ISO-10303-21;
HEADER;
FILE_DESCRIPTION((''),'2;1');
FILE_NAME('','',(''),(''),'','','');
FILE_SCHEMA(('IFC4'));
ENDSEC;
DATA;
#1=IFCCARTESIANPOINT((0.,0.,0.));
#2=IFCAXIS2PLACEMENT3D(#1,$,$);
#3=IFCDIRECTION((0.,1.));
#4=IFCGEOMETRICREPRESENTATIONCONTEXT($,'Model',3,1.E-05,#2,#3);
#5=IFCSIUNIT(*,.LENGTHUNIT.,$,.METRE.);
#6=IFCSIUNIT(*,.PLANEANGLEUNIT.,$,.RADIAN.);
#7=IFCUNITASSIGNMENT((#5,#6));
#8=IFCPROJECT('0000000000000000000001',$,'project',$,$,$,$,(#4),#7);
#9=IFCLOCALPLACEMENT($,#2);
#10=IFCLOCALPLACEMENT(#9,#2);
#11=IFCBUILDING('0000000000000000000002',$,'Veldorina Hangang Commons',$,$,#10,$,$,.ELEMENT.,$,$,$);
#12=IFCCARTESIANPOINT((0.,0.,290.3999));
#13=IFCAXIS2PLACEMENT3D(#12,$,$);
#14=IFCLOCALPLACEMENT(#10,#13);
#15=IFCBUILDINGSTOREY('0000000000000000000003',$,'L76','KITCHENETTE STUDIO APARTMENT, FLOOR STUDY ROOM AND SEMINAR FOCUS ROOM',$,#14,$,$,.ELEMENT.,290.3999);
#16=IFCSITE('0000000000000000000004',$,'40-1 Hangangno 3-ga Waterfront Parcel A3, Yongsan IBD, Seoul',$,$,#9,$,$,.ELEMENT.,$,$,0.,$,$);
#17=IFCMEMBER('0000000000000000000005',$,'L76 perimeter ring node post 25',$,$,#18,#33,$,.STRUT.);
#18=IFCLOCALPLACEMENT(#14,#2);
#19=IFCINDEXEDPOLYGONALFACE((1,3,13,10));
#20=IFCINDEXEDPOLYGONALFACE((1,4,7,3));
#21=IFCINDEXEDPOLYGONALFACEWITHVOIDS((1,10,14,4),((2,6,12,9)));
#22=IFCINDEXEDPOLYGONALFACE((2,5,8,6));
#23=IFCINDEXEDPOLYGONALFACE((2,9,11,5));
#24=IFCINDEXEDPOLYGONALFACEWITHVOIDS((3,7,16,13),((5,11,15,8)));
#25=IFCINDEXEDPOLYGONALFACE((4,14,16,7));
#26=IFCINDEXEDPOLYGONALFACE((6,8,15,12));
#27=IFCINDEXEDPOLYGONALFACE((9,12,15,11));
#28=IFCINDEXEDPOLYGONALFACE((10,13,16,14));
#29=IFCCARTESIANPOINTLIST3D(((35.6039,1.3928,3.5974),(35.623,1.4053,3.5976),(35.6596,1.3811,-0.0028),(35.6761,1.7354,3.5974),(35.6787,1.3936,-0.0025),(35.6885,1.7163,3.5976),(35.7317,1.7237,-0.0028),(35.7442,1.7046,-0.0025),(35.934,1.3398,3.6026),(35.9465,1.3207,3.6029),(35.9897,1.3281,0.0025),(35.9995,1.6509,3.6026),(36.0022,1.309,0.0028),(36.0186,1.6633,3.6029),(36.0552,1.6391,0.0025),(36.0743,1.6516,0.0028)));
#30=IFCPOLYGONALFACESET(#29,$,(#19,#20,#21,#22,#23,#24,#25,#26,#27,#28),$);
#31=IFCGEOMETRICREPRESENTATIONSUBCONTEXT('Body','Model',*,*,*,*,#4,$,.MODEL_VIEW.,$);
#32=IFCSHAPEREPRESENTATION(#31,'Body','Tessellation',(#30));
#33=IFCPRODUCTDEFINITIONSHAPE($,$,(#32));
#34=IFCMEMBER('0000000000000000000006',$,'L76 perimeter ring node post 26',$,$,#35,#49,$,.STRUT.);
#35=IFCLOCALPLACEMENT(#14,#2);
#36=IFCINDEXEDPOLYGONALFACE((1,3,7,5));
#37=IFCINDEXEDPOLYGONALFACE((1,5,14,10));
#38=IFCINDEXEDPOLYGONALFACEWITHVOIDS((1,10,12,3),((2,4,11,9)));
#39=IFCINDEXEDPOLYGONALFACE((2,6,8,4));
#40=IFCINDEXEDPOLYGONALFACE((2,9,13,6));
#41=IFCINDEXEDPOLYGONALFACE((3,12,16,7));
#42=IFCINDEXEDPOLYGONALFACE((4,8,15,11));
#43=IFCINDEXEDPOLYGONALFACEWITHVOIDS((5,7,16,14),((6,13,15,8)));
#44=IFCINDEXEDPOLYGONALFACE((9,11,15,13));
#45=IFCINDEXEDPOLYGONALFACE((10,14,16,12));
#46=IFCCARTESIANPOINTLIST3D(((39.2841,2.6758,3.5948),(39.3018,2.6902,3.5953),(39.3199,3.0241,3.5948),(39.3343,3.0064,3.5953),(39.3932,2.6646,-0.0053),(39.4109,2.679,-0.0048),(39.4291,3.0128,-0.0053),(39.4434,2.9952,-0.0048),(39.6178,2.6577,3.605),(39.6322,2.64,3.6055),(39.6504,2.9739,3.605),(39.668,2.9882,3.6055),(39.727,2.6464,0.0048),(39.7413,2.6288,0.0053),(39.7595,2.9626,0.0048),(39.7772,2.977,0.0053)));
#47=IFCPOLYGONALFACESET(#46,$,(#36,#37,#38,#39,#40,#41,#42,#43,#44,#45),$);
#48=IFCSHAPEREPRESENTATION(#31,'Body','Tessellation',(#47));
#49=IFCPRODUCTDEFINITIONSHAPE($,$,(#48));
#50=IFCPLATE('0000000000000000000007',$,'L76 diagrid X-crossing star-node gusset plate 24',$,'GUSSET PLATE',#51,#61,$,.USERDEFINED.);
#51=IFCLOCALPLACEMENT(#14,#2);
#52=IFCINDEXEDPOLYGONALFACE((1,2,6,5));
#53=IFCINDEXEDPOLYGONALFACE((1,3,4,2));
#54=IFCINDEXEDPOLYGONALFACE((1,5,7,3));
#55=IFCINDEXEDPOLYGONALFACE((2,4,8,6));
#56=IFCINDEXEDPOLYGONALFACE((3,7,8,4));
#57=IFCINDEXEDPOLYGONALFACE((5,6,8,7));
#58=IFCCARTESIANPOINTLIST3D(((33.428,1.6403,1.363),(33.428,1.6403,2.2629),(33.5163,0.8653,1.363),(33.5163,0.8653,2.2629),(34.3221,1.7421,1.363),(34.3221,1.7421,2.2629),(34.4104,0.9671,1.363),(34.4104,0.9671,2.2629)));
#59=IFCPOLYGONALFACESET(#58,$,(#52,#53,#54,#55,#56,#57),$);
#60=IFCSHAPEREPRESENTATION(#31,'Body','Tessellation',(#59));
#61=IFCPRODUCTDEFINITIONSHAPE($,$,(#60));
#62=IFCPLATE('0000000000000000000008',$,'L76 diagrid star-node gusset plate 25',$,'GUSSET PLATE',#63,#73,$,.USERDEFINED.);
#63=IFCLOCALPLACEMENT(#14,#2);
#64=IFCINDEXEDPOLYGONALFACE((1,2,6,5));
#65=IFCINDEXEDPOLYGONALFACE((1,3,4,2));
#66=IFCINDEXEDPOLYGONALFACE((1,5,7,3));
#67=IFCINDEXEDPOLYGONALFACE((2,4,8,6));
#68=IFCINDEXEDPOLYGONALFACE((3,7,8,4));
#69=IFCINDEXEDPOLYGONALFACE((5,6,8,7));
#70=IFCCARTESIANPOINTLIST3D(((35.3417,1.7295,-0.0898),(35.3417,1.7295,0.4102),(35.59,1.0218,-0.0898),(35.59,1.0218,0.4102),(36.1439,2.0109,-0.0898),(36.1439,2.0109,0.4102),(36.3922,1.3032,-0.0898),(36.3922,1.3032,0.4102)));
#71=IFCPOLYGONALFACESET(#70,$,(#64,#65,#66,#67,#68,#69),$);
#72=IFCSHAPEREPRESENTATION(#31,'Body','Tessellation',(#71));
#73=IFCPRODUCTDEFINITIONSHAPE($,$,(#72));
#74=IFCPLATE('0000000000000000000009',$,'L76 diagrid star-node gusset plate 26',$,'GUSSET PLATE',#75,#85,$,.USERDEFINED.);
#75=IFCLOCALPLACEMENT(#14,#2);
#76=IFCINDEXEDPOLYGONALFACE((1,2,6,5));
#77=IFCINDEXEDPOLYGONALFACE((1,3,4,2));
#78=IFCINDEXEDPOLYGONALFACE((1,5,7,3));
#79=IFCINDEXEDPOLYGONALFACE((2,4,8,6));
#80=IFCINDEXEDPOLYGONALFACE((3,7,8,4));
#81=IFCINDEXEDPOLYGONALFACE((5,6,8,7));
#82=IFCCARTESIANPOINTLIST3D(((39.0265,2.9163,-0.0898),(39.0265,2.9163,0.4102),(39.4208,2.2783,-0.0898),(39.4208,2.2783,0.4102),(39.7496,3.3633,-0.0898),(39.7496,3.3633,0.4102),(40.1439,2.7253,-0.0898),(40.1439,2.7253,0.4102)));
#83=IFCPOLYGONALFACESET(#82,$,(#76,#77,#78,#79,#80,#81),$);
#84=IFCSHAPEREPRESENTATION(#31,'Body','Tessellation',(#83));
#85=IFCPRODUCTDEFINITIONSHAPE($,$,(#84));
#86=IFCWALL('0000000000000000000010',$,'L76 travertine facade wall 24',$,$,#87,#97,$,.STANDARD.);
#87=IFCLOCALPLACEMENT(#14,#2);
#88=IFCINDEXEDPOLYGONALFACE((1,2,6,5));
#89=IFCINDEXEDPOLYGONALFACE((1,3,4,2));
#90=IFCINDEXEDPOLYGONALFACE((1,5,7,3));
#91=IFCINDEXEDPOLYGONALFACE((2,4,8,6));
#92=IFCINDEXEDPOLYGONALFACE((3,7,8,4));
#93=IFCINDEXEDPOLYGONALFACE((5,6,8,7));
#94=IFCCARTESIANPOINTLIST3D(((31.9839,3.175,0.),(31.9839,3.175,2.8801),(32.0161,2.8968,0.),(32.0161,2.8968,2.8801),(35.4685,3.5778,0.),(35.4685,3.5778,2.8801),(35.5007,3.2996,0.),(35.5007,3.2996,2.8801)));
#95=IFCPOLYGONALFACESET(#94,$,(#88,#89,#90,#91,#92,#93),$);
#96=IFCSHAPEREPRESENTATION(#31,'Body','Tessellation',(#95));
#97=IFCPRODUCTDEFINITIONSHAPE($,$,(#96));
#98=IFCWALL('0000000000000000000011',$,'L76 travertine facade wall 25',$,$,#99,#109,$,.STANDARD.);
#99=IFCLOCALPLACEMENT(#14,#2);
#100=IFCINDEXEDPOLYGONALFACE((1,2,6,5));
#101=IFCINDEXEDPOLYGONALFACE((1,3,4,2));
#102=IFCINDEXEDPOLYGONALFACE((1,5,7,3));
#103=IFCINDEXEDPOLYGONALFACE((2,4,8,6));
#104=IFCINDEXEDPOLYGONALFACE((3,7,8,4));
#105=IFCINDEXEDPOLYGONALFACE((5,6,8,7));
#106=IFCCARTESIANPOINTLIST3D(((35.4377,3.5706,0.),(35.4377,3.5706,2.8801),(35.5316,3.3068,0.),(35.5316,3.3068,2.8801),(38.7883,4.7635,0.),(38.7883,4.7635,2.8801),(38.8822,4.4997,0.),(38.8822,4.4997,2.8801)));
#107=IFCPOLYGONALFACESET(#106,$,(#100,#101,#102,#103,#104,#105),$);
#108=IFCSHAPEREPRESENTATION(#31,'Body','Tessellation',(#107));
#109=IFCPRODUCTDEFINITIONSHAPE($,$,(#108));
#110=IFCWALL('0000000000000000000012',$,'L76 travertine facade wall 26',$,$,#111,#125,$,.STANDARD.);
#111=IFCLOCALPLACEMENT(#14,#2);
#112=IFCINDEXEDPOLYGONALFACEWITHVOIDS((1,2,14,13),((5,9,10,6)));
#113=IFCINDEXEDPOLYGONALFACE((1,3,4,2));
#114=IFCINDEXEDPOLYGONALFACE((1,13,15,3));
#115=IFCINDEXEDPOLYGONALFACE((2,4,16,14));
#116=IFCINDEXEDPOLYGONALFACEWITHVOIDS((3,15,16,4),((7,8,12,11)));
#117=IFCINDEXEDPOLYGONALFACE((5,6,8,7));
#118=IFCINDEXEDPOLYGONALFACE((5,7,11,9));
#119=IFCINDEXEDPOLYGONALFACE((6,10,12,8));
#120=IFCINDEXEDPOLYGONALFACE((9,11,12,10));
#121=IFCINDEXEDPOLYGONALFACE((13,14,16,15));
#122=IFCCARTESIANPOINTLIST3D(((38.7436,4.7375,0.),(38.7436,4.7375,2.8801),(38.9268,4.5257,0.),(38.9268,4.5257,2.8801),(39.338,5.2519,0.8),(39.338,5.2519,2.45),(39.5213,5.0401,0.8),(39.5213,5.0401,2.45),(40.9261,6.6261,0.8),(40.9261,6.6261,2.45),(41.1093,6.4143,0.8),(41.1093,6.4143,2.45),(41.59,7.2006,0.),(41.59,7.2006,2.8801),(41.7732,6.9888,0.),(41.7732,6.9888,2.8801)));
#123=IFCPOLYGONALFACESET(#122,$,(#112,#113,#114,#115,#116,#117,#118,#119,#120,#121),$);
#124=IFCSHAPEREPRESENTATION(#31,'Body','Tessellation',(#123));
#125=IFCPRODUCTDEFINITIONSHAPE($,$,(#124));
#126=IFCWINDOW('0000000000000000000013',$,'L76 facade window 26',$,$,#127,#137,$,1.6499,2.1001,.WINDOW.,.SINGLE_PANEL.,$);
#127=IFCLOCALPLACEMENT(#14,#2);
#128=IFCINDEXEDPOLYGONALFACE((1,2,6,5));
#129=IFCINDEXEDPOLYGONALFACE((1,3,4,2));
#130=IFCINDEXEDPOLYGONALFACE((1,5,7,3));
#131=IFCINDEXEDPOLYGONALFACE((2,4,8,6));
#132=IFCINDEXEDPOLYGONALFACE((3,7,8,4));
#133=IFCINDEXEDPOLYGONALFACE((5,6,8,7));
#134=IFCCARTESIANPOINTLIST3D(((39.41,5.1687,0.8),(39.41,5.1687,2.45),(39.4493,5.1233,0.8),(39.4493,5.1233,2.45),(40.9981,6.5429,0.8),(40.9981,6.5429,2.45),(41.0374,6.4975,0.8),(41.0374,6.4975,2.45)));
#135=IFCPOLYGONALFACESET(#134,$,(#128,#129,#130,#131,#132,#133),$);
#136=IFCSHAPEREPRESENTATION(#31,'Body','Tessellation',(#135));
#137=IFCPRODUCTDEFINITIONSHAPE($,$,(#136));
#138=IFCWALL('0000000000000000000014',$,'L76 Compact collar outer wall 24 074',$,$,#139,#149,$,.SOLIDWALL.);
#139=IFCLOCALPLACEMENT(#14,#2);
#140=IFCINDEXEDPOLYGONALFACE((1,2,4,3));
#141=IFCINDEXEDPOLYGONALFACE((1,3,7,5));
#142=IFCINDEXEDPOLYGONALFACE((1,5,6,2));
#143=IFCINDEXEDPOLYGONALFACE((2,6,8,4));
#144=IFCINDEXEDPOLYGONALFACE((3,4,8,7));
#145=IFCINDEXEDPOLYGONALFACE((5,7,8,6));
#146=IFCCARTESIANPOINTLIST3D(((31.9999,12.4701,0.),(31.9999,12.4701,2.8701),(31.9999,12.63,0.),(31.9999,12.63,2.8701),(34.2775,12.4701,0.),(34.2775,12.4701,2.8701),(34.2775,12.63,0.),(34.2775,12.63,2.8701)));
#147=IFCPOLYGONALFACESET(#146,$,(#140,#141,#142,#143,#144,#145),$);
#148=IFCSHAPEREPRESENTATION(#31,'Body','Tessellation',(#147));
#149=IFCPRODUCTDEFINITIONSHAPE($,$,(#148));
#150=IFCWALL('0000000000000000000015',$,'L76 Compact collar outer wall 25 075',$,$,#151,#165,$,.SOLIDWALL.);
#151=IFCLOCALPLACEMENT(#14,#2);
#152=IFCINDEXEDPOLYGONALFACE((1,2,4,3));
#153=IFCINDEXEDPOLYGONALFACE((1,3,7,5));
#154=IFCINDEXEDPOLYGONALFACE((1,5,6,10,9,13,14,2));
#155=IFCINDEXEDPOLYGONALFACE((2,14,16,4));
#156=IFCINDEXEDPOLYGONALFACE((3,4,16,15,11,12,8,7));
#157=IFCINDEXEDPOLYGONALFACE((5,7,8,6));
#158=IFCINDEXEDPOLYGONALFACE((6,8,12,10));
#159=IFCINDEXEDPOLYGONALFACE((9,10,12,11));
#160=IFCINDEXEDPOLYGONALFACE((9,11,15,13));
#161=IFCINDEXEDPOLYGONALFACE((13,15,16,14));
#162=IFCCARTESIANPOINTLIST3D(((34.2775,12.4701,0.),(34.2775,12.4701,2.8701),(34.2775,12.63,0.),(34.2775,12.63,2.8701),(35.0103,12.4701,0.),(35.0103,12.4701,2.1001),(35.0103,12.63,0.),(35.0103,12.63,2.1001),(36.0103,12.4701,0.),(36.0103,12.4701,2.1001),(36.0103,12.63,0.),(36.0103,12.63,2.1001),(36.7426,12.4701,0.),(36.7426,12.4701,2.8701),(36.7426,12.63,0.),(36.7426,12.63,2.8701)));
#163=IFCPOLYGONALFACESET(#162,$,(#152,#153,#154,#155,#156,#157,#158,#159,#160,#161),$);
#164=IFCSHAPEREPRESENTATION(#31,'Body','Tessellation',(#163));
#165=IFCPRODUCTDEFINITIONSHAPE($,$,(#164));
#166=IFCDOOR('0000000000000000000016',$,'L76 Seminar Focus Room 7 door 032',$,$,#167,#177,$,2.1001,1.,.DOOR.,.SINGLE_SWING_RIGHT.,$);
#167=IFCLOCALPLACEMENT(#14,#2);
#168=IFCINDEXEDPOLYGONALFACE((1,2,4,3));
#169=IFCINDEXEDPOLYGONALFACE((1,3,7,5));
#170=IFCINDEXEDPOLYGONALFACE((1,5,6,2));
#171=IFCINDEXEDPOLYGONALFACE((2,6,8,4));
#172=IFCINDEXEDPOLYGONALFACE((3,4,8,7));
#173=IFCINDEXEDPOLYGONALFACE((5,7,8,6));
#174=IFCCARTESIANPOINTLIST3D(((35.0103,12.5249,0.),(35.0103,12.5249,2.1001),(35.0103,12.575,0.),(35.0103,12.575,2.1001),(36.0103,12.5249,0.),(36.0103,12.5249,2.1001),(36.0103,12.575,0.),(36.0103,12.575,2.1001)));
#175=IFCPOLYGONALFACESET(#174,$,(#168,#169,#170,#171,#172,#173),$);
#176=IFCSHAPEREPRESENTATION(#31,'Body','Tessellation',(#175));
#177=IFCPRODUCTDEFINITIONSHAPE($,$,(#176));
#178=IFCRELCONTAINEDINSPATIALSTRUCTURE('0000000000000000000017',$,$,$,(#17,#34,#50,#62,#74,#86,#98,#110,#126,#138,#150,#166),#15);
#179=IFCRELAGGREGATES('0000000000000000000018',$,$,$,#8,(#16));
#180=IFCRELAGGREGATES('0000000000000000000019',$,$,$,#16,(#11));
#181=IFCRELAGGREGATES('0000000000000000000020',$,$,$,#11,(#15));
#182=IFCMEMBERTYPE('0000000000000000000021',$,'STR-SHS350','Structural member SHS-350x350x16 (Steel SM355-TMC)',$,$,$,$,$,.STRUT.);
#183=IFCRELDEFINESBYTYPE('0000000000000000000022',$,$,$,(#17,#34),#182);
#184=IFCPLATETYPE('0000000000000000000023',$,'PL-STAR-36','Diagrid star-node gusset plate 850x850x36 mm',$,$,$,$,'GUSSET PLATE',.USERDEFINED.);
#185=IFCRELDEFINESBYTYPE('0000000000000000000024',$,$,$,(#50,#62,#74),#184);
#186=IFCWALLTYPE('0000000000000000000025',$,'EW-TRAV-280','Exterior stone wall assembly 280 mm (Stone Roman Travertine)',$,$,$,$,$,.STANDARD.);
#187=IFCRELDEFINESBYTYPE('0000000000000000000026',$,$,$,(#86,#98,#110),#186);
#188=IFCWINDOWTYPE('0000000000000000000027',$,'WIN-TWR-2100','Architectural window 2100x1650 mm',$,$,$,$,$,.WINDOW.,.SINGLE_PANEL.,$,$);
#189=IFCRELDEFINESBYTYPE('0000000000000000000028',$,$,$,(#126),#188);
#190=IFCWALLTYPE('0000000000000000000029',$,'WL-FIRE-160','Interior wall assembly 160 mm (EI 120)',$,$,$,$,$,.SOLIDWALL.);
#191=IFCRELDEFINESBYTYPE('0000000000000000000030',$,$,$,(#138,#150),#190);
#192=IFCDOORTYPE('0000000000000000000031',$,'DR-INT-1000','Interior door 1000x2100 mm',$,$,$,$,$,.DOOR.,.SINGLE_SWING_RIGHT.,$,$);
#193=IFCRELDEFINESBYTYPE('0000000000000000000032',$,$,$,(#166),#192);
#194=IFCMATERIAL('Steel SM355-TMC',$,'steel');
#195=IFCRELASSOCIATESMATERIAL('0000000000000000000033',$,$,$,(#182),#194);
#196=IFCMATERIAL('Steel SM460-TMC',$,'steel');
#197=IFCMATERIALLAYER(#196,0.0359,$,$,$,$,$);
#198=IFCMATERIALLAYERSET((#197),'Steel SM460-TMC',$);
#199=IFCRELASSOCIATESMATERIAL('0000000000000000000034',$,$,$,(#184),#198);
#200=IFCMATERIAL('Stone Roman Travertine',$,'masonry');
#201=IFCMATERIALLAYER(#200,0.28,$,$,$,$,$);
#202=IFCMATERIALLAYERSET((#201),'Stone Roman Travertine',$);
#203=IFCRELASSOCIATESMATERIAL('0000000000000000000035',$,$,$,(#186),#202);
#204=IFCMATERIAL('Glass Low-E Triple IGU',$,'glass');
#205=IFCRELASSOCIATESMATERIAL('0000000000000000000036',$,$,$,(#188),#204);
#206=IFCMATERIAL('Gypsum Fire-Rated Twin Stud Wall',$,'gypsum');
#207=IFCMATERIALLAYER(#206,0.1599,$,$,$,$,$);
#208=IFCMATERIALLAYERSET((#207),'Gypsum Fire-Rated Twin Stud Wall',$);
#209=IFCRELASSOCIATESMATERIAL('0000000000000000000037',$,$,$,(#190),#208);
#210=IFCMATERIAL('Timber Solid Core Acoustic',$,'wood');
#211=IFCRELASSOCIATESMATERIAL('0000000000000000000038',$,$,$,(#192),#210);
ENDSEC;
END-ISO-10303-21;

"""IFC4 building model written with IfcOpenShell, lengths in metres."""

from ifc_helpers import new_model, si_unit, direction, frame, frame_2d, origin, origin_2d, place, context, subcontext, project, spatial, rectangle, hollow_rectangle, extrude, material, layer, layer_set, material_profile, profile_set, type_object, element, fill, save


model = new_model("IFC4")

# Units and contexts
model_context = context("Model", 3, precision=1e-05, world=origin(), true_north=direction((0.0, 1.0)))
body_context = subcontext(model_context, "Body", "Model", "MODEL_VIEW")
ifc_project = project(units=[si_unit("LENGTHUNIT", "METRE"), si_unit("PLANEANGLEUNIT", "RADIAN")], contexts=[model_context])

# Site, building, storey
site_placement = place(None, origin())
site = spatial("IfcSite", under=ifc_project, at=site_placement, Name="40-1 Hangangno 3-ga Waterfront Parcel A3, Yongsan IBD, Seoul", CompositionType="ELEMENT", RefElevation=0.0)
building_placement = place(site_placement, origin())
building = spatial("IfcBuilding", under=site, at=building_placement, Name="Veldorina Hangang Commons", CompositionType="ELEMENT")
storey_placement = place(building_placement, frame((0.0, 0.0, 290.3999)))
storey = spatial("IfcBuildingStorey", under=building, at=storey_placement, Name="L76", Description="KITCHENETTE STUDIO APARTMENT, FLOOR STUDY ROOM AND SEMINAR FOCUS ROOM", CompositionType="ELEMENT", Elevation=290.3999)

# Shared definitions
ifc_material_1 = material(Name="Steel SM355-TMC", Category="steel")

# Members
ifc_material_profile_1 = material_profile(ifc_material_1, hollow_rectangle(XDim=0.3501, YDim=0.3501, WallThickness=0.0161, at=origin_2d()), Name="SHS-350x350x16")
ifc_profile_set_1 = profile_set([ifc_material_profile_1], Name="Steel SM355-TMC")
member_type_1 = type_object("IfcMemberType", Name="STR-SHS350", Description="Structural member SHS-350x350x16 (Steel SM355-TMC)", PredefinedType="STRUT", material=ifc_profile_set_1)
member_1_placement = place(storey_placement, frame((35.8669, 1.5164, 0.0), z_axis=(-0.01546, 0.003255, 0.999875), x_axis=(-0.20601, -0.97855, 0.0)))
element("IfcMember", 1, at=member_1_placement, inside=storey, type_object=member_type_1, Name="L76 perimeter ring node post 25", PredefinedType="STRUT", context=body_context, shape_type="SweptSolid", body=[
    extrude(hollow_rectangle(XDim=0.3501, YDim=0.3501, WallThickness=0.0161, at=origin_2d()), origin(), (0.0, 0.0, 1.0), 3.6006),
])
member_2_placement = place(storey_placement, frame((39.5852, 2.8208, 0.0), z_axis=(-0.030299, 0.003118, 0.999536), x_axis=(-0.102368, -0.994747, 0.0)))
element("IfcMember", 2, at=member_2_placement, inside=storey, type_object=member_type_1, Name="L76 perimeter ring node post 26", PredefinedType="STRUT", context=body_context, shape_type="SweptSolid", body=[
    extrude(hollow_rectangle(XDim=0.3501, YDim=0.3501, WallThickness=0.0161, at=origin_2d()), origin(), (0.0, 0.0, 1.0), 3.6018),
])

# Plates
ifc_material_2 = material(Name="Steel SM460-TMC", Category="steel")
ifc_layer_1 = layer(ifc_material_2, 0.0359)
ifc_layer_set_1 = layer_set([ifc_layer_1], Name="Steel SM460-TMC")
plate_type = type_object("IfcPlateType", Name="PL-STAR-36", Description="Diagrid star-node gusset plate 850x850x36 mm", ElementType="GUSSET PLATE", PredefinedType="USERDEFINED", material=ifc_layer_set_1)
plate_placement = place(storey_placement, frame((33.9192, 1.3037, 1.363), z_axis=(0.0, 0.0, 1.0), x_axis=(0.993574, 0.113186, 0.0)))
element("IfcPlate", 3, at=plate_placement, inside=storey, type_object=plate_type, Name="L76 diagrid X-crossing star-node gusset plate 24", ObjectType="GUSSET PLATE", PredefinedType="USERDEFINED", context=body_context, shape_type="SweptSolid", body=[
    extrude(rectangle(XDim=0.8999, YDim=0.78, at=origin_2d()), origin(), (0.0, 0.0, 1.0), 0.8999),
])
for number, where, z_axis, x_axis, name in (
    (4, (35.8669, 1.5164, -0.0898), (0.0, 0.0, 1.0), (0.943616, 0.331041, 0.0), "L76 diagrid star-node gusset plate 25"),
    (5, (39.5852, 2.8208, -0.0898), (0.0, 0.0, 1.0), (0.850591, 0.525828, 0.0), "L76 diagrid star-node gusset plate 26"),
):
    element("IfcPlate", number, at=place(storey_placement, frame(where, z_axis=z_axis, x_axis=x_axis)), inside=storey, type_object=plate_type, Name=name, ObjectType="GUSSET PLATE", PredefinedType="USERDEFINED", context=body_context, shape_type="SweptSolid", body=[
        extrude(rectangle(XDim=0.8501, YDim=0.75, at=origin_2d()), origin(), (0.0, 0.0, 1.0), 0.5),
    ])

# Walls
ifc_material_3 = material(Name="Stone Roman Travertine", Category="masonry")
ifc_layer_2 = layer(ifc_material_3, 0.28)
ifc_layer_set_2 = layer_set([ifc_layer_2], Name="Stone Roman Travertine")
wall_type_1 = type_object("IfcWallType", Name="EW-TRAV-280", Description="Exterior stone wall assembly 280 mm (Stone Roman Travertine)", PredefinedType="STANDARD", material=ifc_layer_set_2)
wall_1_placement = place(storey_placement, frame((32.0, 3.0359, 0.0), z_axis=(0.0, 0.0, 1.0), x_axis=(0.993384, 0.114838, 0.0)))
element("IfcWall", 6, at=wall_1_placement, inside=storey, type_object=wall_type_1, Name="L76 travertine facade wall 24", PredefinedType="STANDARD", context=body_context, shape_type="SweptSolid", body=[
    extrude(rectangle(XDim=3.5078, YDim=0.28, at=frame_2d((1.7539, 0.0))), origin(), (0.0, 0.0, 1.0), 2.8801),
])
wall_2_placement = place(storey_placement, frame((35.4846, 3.4387, 0.0), z_axis=(0.0, 0.0, 1.0), x_axis=(0.942077, 0.335397, 0.0)))
element("IfcWall", 7, at=wall_2_placement, inside=storey, type_object=wall_type_1, Name="L76 travertine facade wall 25", PredefinedType="STANDARD", context=body_context, shape_type="SweptSolid", body=[
    extrude(rectangle(XDim=3.5566, YDim=0.28, at=frame_2d((1.7783, 0.0))), origin(), (0.0, 0.0, 1.0), 2.8801),
])

# Wall, opening, window
wall_3_placement = place(storey_placement, frame((38.8352, 4.6316, 0.0), z_axis=(0.0, 0.0, 1.0), x_axis=(0.756185, 0.654357, 0.0)))
wall_3 = element("IfcWall", 8, at=wall_3_placement, inside=storey, type_object=wall_type_1, Name="L76 travertine facade wall 26", PredefinedType="STANDARD", context=body_context, shape_type="SweptSolid", body=[
    extrude(rectangle(XDim=3.7642, YDim=0.28, at=frame_2d((1.8821, 0.0))), origin(), (0.0, 0.0, 1.0), 2.8801),
])
opening_1_placement = place(wall_3_placement, frame((0.7861, 0.0, 0.8)))
opening_1 = element("IfcOpeningElement", 9, at=opening_1_placement, cuts=wall_3, PredefinedType="OPENING", context=body_context, shape_type="SweptSolid", body=[
    extrude(rectangle(XDim=2.1001, YDim=1.6499, at=frame_2d((1.05, 0.825))), frame((0.0, 0.1499, 0.0), z_axis=(0.0, -1.0, 0.0), x_axis=(1.0, 0.0, 0.0)), (0.0, 0.0, 1.0), 0.3),
])
ifc_material_4 = material(Name="Glass Low-E Triple IGU", Category="glass")
window_type = type_object("IfcWindowType", Name="WIN-TWR-2100", Description="Architectural window 2100x1650 mm", PartitioningType="SINGLE_PANEL", PredefinedType="WINDOW", material=ifc_material_4)
window_placement = place(opening_1_placement, origin())
window = element("IfcWindow", 10, at=window_placement, inside=storey, type_object=window_type, Name="L76 facade window 26", OverallHeight=1.6499, OverallWidth=2.1001, PartitioningType="SINGLE_PANEL", PredefinedType="WINDOW", context=body_context, shape_type="SweptSolid", body=[
    extrude(rectangle(XDim=2.1001, YDim=1.6499, at=frame_2d((1.05, 0.825))), frame((0.0, 0.03, 0.0), z_axis=(0.0, -1.0, 0.0), x_axis=(1.0, 0.0, 0.0)), (0.0, 0.0, 1.0), 0.0601),
])
fill(opening_1, window)

# Wall
ifc_material_5 = material(Name="Gypsum Fire-Rated Twin Stud Wall", Category="gypsum")
ifc_layer_3 = layer(ifc_material_5, 0.1599)
ifc_layer_set_3 = layer_set([ifc_layer_3], Name="Gypsum Fire-Rated Twin Stud Wall")
wall_type_2 = type_object("IfcWallType", Name="WL-FIRE-160", Description="Interior wall assembly 160 mm (EI 120)", PredefinedType="SOLIDWALL", material=ifc_layer_set_3)
wall_4_placement = place(storey_placement, frame((32.0, 12.55, 0.0), z_axis=(0.0, 0.0, 1.0), x_axis=(1.0, 0.0, 0.0)))
element("IfcWall", 11, at=wall_4_placement, inside=storey, type_object=wall_type_2, Name="L76 Compact collar outer wall 24 074", PredefinedType="SOLIDWALL", context=body_context, shape_type="SweptSolid", body=[
    extrude(rectangle(XDim=2.2776, YDim=0.1599, at=frame_2d((1.1387, 0.0))), origin(), (0.0, 0.0, 1.0), 2.8701),
])

# Wall, opening, door
wall_5_placement = place(storey_placement, frame((34.2776, 12.55, 0.0), z_axis=(0.0, 0.0, 1.0), x_axis=(1.0, 0.0, 0.0)))
wall_5 = element("IfcWall", 12, at=wall_5_placement, inside=storey, type_object=wall_type_2, Name="L76 Compact collar outer wall 25 075", PredefinedType="SOLIDWALL", context=body_context, shape_type="SweptSolid", body=[
    extrude(rectangle(XDim=2.4651, YDim=0.1599, at=frame_2d((1.2324, 0.0))), origin(), (0.0, 0.0, 1.0), 2.8701),
])
opening_2_placement = place(wall_5_placement, frame((0.7327, 0.0, 0.0)))
opening_2 = element("IfcOpeningElement", 13, at=opening_2_placement, cuts=wall_5, PredefinedType="OPENING", context=body_context, shape_type="SweptSolid", body=[
    extrude(rectangle(XDim=1.0, YDim=2.1001, at=frame_2d((0.5, 1.05))), frame((0.0, 0.0898, 0.0), z_axis=(0.0, -1.0, 0.0), x_axis=(1.0, 0.0, 0.0)), (0.0, 0.0, 1.0), 0.1799),
])
ifc_material_6 = material(Name="Timber Solid Core Acoustic", Category="wood")
door_type_1 = type_object("IfcDoorType", Name="DR-INT-1000", Description="Interior door 1000x2100 mm", OperationType="SINGLE_SWING_RIGHT", PredefinedType="DOOR", material=ifc_material_6)
door_1_placement = place(opening_2_placement, origin())
door_1 = element("IfcDoor", 14, at=door_1_placement, inside=storey, type_object=door_type_1, Name="L76 Seminar Focus Room 7 door 032", OperationType="SINGLE_SWING_RIGHT", OverallHeight=2.1001, OverallWidth=1.0, PredefinedType="DOOR", context=body_context, shape_type="SweptSolid", body=[
    extrude(rectangle(XDim=1.0, YDim=2.1001, at=frame_2d((0.5, 1.05))), frame((0.0, 0.0249, 0.0), z_axis=(0.0, -1.0, 0.0), x_axis=(1.0, 0.0, 0.0)), (0.0, 0.0, 1.0), 0.05),
])
fill(opening_2, door_1)

save(model, "model.ifc")
